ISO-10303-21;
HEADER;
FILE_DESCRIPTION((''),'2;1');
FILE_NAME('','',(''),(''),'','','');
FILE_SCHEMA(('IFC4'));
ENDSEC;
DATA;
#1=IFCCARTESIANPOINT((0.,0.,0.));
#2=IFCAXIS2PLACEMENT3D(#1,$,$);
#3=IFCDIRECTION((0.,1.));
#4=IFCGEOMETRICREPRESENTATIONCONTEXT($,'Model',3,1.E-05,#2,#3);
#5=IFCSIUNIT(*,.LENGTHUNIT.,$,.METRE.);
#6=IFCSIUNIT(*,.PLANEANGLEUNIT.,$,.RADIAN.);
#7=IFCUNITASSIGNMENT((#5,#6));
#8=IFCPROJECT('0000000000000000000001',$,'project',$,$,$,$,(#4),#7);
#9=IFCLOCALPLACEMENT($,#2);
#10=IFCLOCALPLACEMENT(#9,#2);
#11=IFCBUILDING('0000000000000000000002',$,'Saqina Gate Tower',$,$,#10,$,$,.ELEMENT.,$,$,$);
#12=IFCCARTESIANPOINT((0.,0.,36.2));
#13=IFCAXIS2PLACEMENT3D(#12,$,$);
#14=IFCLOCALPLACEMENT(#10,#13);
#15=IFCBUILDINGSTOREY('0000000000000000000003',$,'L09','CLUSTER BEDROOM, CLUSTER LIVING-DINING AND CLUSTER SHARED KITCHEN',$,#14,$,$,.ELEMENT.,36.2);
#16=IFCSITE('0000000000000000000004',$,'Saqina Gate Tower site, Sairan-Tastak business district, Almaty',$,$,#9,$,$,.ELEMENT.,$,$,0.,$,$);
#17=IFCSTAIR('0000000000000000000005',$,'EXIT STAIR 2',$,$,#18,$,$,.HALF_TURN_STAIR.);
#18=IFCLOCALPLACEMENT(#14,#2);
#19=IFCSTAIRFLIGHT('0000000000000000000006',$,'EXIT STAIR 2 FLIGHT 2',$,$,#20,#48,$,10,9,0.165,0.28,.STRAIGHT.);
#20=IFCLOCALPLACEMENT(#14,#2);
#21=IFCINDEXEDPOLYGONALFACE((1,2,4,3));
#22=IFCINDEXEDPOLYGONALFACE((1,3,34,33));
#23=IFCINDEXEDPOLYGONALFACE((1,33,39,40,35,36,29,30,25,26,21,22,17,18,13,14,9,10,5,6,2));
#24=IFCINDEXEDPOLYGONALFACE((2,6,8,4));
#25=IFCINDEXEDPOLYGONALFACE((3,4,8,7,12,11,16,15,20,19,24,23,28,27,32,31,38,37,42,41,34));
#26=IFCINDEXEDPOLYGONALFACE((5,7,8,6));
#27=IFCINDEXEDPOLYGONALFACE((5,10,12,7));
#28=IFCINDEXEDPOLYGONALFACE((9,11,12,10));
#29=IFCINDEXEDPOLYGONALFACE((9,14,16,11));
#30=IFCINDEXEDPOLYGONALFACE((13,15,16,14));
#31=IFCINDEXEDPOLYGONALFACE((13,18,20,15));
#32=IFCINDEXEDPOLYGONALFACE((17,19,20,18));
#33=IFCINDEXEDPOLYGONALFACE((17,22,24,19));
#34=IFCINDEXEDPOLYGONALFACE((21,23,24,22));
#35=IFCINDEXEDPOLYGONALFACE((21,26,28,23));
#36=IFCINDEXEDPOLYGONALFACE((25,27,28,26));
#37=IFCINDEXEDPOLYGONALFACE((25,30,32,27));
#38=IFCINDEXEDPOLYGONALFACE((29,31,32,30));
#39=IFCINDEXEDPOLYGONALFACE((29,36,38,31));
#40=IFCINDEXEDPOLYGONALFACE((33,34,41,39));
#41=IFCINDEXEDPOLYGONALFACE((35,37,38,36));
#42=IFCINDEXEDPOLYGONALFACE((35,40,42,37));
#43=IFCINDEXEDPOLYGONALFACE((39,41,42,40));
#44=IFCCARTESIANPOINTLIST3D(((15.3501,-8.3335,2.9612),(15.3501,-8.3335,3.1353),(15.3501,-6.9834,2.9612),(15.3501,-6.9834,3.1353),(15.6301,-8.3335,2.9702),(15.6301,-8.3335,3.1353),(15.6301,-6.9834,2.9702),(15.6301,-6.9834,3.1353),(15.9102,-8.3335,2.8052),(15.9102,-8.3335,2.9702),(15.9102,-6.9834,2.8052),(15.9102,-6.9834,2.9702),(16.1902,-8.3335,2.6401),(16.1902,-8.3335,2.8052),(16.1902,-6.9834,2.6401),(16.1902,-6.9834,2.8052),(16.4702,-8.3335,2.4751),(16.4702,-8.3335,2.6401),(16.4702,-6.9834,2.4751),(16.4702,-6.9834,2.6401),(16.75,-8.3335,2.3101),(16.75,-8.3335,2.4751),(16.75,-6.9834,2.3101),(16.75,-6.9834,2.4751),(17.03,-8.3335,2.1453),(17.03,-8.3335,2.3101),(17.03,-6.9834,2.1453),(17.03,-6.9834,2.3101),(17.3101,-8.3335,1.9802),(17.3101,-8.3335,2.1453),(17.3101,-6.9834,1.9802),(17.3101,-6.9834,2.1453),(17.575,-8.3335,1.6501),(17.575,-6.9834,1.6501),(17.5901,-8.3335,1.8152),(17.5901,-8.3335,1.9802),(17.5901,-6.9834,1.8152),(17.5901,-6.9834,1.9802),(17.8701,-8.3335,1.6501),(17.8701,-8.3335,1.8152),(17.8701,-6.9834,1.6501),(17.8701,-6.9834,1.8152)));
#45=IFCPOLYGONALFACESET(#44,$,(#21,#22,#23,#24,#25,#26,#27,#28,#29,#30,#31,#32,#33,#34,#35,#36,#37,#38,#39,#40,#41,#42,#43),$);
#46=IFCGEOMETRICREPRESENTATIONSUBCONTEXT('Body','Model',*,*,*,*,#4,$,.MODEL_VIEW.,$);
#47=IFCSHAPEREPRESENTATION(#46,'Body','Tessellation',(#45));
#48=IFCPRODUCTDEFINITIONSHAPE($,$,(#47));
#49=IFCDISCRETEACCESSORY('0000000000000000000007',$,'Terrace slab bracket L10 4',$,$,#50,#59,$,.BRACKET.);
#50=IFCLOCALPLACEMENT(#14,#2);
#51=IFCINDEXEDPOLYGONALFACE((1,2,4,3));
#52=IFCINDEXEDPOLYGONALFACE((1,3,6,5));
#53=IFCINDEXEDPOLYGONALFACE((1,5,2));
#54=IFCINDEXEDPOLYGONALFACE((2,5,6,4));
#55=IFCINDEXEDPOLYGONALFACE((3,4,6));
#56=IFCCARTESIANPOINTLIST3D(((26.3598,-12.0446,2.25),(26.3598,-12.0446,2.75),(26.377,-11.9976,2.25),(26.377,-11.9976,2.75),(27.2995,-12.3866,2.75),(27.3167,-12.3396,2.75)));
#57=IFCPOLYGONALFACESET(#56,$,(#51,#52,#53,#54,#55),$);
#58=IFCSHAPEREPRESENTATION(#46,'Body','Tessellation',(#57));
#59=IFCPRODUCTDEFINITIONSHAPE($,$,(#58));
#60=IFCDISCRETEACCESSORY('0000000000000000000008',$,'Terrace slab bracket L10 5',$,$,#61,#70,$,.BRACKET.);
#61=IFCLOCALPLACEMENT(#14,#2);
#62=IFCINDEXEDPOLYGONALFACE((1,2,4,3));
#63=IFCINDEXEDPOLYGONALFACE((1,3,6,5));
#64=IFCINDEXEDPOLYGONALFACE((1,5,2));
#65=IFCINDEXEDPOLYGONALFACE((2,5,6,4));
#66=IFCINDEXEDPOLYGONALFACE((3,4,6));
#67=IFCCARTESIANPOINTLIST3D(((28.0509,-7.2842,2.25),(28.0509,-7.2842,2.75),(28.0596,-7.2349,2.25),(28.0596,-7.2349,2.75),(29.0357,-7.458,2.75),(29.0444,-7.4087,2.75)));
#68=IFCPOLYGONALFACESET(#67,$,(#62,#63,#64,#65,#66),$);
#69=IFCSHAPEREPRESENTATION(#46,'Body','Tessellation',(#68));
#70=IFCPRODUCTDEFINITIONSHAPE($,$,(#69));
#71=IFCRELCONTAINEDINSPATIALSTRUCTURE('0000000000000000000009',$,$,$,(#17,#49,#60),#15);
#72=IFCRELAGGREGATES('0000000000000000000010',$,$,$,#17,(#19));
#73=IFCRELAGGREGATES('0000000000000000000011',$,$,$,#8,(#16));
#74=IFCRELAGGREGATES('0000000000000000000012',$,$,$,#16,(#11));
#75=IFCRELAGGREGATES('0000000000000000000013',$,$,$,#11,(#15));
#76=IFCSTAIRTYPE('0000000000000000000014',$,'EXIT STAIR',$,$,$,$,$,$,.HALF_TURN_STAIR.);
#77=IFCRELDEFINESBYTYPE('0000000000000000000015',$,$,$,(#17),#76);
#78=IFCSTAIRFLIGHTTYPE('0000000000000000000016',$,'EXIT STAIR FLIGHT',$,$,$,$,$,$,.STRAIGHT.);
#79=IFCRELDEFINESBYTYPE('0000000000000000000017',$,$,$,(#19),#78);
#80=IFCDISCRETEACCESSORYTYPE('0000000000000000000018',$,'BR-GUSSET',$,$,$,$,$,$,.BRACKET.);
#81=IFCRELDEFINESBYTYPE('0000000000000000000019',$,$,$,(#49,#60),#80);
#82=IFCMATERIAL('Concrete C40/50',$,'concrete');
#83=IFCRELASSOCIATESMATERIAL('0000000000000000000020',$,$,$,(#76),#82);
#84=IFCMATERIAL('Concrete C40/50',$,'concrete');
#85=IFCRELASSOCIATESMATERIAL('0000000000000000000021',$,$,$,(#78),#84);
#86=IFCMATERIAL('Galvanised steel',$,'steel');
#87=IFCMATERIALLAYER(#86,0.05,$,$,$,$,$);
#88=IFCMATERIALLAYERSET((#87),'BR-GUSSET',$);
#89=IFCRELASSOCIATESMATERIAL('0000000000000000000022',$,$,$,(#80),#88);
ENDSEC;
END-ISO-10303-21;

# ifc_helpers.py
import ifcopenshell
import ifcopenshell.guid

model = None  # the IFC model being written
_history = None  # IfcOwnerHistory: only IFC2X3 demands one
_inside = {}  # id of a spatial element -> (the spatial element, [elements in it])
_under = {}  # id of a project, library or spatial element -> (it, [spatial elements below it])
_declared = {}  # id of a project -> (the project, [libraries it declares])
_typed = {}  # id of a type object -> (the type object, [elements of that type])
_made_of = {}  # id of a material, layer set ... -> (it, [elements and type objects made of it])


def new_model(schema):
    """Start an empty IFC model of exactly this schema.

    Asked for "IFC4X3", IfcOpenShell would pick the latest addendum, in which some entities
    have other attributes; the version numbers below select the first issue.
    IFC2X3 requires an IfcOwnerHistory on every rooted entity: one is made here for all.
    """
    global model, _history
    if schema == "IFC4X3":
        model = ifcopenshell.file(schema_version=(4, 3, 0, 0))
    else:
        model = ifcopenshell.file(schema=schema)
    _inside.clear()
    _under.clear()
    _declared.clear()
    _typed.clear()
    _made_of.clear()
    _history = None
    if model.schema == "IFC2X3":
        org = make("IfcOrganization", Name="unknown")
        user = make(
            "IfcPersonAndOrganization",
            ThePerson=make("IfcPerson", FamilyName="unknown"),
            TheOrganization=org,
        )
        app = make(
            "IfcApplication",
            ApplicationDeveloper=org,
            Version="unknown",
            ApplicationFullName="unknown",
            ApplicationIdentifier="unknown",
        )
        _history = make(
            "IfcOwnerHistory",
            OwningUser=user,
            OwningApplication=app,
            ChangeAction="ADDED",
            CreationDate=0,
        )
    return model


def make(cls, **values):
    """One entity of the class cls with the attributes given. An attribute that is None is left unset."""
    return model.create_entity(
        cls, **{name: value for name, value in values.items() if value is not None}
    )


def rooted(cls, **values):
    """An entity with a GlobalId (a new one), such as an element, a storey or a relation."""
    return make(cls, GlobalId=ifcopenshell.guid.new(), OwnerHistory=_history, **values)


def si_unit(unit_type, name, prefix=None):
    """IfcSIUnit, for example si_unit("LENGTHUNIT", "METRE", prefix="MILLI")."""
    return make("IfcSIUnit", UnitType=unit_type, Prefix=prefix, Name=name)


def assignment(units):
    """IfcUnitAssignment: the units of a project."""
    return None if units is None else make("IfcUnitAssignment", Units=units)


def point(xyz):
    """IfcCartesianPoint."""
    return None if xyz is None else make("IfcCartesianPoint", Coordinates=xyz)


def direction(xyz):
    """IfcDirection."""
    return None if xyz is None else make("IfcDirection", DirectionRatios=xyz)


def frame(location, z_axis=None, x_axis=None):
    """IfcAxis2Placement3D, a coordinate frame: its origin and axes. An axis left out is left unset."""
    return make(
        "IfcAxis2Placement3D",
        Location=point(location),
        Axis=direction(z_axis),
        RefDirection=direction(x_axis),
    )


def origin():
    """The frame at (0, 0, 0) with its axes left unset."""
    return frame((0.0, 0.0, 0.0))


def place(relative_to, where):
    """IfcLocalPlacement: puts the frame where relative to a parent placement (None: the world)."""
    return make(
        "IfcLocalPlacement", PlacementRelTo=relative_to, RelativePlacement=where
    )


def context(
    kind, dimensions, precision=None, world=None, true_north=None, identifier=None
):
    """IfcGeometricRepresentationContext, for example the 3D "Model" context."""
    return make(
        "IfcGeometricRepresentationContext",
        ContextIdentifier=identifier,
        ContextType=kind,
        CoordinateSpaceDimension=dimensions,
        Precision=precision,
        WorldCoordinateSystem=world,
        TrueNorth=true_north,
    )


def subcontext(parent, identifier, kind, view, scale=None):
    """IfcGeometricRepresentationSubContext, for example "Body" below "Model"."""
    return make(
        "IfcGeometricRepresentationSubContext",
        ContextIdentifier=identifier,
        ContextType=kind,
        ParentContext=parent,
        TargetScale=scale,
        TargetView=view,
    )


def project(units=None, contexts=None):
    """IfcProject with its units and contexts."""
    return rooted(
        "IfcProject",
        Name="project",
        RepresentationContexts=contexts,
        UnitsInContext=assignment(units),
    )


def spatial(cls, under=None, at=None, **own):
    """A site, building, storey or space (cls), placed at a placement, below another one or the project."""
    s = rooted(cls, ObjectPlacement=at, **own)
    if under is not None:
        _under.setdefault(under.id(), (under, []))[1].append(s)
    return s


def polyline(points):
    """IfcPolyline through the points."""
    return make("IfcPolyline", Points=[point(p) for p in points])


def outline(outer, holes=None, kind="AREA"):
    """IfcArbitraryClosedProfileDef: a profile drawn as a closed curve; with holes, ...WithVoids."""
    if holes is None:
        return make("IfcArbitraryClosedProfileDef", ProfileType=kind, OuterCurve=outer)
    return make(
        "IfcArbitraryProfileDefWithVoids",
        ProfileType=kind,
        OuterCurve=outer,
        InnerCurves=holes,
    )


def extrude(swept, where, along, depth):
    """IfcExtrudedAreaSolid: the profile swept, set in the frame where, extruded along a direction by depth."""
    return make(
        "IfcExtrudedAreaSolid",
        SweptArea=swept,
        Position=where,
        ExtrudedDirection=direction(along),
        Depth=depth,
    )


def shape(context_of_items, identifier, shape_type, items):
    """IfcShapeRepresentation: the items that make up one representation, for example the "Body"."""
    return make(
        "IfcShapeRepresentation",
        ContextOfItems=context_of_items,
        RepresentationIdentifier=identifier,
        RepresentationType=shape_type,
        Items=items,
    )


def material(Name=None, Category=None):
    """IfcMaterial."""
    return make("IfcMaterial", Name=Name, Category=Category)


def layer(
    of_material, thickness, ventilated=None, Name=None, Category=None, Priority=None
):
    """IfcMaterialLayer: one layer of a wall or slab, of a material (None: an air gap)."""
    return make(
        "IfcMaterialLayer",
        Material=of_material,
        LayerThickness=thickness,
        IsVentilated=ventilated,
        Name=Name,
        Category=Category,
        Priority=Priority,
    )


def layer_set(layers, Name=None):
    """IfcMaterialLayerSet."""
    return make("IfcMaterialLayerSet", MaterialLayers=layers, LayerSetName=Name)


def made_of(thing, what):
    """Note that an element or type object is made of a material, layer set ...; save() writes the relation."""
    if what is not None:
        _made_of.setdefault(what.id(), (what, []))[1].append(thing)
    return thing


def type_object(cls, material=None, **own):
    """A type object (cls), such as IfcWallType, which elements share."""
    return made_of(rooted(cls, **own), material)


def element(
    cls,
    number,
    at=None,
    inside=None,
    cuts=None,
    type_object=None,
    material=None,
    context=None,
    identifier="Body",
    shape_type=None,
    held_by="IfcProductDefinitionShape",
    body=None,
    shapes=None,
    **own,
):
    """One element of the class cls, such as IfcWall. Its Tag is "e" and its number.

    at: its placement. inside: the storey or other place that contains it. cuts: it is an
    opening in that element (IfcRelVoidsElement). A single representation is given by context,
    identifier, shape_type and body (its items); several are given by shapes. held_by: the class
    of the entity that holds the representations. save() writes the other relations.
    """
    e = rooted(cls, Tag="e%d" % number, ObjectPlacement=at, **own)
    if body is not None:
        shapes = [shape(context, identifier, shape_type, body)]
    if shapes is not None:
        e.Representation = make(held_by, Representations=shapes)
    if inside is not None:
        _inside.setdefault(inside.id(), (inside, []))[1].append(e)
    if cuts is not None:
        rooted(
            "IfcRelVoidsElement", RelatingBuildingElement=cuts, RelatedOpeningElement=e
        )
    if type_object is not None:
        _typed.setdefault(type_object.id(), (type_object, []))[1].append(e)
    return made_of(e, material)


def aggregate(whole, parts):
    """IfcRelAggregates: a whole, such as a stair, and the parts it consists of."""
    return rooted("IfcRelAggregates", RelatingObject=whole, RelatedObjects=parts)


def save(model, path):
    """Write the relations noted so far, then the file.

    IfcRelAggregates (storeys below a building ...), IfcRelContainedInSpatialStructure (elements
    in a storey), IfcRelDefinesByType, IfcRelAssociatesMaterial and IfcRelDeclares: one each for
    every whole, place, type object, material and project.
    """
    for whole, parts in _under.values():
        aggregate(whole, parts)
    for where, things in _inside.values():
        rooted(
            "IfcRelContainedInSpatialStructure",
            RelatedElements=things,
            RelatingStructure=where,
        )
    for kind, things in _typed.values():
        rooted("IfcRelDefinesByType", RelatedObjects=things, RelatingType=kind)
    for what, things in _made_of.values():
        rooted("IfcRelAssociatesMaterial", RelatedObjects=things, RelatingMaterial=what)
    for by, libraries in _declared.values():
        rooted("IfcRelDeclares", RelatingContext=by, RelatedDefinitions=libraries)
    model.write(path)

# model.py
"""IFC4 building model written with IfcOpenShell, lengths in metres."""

from ifc_helpers import new_model, si_unit, direction, frame, origin, place, context, subcontext, project, spatial, polyline, outline, extrude, material, layer, layer_set, type_object, element, aggregate, save


model = new_model("IFC4")

# Units and contexts
model_context = context("Model", 3, precision=1e-05, world=origin(), true_north=direction((0.0, 1.0)))
body_context = subcontext(model_context, "Body", "Model", "MODEL_VIEW")
ifc_project = project(units=[si_unit("LENGTHUNIT", "METRE"), si_unit("PLANEANGLEUNIT", "RADIAN")], contexts=[model_context])

# Site, building, storey
site_placement = place(None, origin())
site = spatial("IfcSite", under=ifc_project, at=site_placement, Name="Saqina Gate Tower site, Sairan-Tastak business district, Almaty", CompositionType="ELEMENT", RefElevation=0.0)
building_placement = place(site_placement, origin())
building = spatial("IfcBuilding", under=site, at=building_placement, Name="Saqina Gate Tower", CompositionType="ELEMENT")
storey_placement = place(building_placement, frame((0.0, 0.0, 36.2)))
storey = spatial("IfcBuildingStorey", under=building, at=storey_placement, Name="L09", Description="CLUSTER BEDROOM, CLUSTER LIVING-DINING AND CLUSTER SHARED KITCHEN", CompositionType="ELEMENT", Elevation=36.2)

# Stair, stair flight
ifc_material_1 = material(Name="Concrete C40/50", Category="concrete")
stair_type = type_object("IfcStairType", Name="EXIT STAIR", PredefinedType="HALF_TURN_STAIR", material=ifc_material_1)
stair_placement = place(storey_placement, origin())
stair = element("IfcStair", 1, at=stair_placement, inside=storey, type_object=stair_type, Name="EXIT STAIR 2", PredefinedType="HALF_TURN_STAIR")
ifc_material_2 = material(Name="Concrete C40/50", Category="concrete")
stair_flight_type = type_object("IfcStairFlightType", Name="EXIT STAIR FLIGHT", PredefinedType="STRAIGHT", material=ifc_material_2)
stair_flight_placement = place(storey_placement, frame((17.8701, -7.6584, 1.6501), z_axis=(0.0, 0.0, 1.0), x_axis=(-1.0, 0.0, 0.0)))
stair_flight = element("IfcStairFlight", 2, at=stair_flight_placement, type_object=stair_flight_type, Name="EXIT STAIR 2 FLIGHT 2", NumberOfRisers=10, NumberOfTreads=9, PredefinedType="STRAIGHT", RiserHeight=0.165, TreadLength=0.28, context=body_context, shape_type="SweptSolid", body=[
    extrude(outline(polyline([(0.0, 0.0), (0.0, 0.165), (0.28, 0.165), (0.28, 0.3301), (0.5601, 0.3301), (0.5601, 0.4951), (0.8401, 0.4951), (0.8401, 0.6599), (1.1201, 0.6599), (1.1201, 0.825), (1.3999, 0.825), (1.3999, 0.99), (1.6799, 0.99), (1.6799, 1.155), (1.96, 1.155), (1.96, 1.3201), (2.24, 1.3201), (2.24, 1.4851), (2.52, 1.4851), (2.52, 1.6499), (2.52, 1.311), (0.2952, 0.0), (0.0, 0.0)])), frame((0.0, 0.675, 0.0), z_axis=(0.0, -1.0, 0.0), x_axis=(1.0, 0.0, 0.0)), (0.0, 0.0, 1.0), 1.3501),
])
aggregate(stair, [stair_flight])

# Discrete accessories
ifc_material_3 = material(Name="Galvanised steel", Category="steel")
ifc_layer_1 = layer(ifc_material_3, 0.05)
ifc_layer_set_1 = layer_set([ifc_layer_1], Name="BR-GUSSET")
discrete_accessory_type = type_object("IfcDiscreteAccessoryType", Name="BR-GUSSET", PredefinedType="BRACKET", material=ifc_layer_set_1)
discrete_accessory_1_placement = place(storey_placement, frame((26.377, -11.9976, 2.25), z_axis=(0.342037, 0.939686, 0.0), x_axis=(0.0, 0.0, 1.0)))
element("IfcDiscreteAccessory", 3, at=discrete_accessory_1_placement, inside=storey, type_object=discrete_accessory_type, Name="Terrace slab bracket L10 4", PredefinedType="BRACKET", context=body_context, shape_type="SweptSolid", body=[
    extrude(outline(polyline([(0.0, 0.0), (0.5, 0.0), (0.5, 1.0), (0.0, 0.0)])), origin(), (0.0, 0.0, -1.0), 0.05),
])
discrete_accessory_2_placement = place(storey_placement, frame((28.0596, -7.2349, 2.25), z_axis=(0.173813, 0.984779, 0.0), x_axis=(0.0, 0.0, 1.0)))
element("IfcDiscreteAccessory", 4, at=discrete_accessory_2_placement, inside=storey, type_object=discrete_accessory_type, Name="Terrace slab bracket L10 5", PredefinedType="BRACKET", context=body_context, shape_type="SweptSolid", body=[
    extrude(outline(polyline([(0.0, 0.0), (0.5, 0.0), (0.5, 1.0001), (0.0, 0.0)])), origin(), (0.0, 0.0, -1.0), 0.05),
])

save(model, "model.ifc")
